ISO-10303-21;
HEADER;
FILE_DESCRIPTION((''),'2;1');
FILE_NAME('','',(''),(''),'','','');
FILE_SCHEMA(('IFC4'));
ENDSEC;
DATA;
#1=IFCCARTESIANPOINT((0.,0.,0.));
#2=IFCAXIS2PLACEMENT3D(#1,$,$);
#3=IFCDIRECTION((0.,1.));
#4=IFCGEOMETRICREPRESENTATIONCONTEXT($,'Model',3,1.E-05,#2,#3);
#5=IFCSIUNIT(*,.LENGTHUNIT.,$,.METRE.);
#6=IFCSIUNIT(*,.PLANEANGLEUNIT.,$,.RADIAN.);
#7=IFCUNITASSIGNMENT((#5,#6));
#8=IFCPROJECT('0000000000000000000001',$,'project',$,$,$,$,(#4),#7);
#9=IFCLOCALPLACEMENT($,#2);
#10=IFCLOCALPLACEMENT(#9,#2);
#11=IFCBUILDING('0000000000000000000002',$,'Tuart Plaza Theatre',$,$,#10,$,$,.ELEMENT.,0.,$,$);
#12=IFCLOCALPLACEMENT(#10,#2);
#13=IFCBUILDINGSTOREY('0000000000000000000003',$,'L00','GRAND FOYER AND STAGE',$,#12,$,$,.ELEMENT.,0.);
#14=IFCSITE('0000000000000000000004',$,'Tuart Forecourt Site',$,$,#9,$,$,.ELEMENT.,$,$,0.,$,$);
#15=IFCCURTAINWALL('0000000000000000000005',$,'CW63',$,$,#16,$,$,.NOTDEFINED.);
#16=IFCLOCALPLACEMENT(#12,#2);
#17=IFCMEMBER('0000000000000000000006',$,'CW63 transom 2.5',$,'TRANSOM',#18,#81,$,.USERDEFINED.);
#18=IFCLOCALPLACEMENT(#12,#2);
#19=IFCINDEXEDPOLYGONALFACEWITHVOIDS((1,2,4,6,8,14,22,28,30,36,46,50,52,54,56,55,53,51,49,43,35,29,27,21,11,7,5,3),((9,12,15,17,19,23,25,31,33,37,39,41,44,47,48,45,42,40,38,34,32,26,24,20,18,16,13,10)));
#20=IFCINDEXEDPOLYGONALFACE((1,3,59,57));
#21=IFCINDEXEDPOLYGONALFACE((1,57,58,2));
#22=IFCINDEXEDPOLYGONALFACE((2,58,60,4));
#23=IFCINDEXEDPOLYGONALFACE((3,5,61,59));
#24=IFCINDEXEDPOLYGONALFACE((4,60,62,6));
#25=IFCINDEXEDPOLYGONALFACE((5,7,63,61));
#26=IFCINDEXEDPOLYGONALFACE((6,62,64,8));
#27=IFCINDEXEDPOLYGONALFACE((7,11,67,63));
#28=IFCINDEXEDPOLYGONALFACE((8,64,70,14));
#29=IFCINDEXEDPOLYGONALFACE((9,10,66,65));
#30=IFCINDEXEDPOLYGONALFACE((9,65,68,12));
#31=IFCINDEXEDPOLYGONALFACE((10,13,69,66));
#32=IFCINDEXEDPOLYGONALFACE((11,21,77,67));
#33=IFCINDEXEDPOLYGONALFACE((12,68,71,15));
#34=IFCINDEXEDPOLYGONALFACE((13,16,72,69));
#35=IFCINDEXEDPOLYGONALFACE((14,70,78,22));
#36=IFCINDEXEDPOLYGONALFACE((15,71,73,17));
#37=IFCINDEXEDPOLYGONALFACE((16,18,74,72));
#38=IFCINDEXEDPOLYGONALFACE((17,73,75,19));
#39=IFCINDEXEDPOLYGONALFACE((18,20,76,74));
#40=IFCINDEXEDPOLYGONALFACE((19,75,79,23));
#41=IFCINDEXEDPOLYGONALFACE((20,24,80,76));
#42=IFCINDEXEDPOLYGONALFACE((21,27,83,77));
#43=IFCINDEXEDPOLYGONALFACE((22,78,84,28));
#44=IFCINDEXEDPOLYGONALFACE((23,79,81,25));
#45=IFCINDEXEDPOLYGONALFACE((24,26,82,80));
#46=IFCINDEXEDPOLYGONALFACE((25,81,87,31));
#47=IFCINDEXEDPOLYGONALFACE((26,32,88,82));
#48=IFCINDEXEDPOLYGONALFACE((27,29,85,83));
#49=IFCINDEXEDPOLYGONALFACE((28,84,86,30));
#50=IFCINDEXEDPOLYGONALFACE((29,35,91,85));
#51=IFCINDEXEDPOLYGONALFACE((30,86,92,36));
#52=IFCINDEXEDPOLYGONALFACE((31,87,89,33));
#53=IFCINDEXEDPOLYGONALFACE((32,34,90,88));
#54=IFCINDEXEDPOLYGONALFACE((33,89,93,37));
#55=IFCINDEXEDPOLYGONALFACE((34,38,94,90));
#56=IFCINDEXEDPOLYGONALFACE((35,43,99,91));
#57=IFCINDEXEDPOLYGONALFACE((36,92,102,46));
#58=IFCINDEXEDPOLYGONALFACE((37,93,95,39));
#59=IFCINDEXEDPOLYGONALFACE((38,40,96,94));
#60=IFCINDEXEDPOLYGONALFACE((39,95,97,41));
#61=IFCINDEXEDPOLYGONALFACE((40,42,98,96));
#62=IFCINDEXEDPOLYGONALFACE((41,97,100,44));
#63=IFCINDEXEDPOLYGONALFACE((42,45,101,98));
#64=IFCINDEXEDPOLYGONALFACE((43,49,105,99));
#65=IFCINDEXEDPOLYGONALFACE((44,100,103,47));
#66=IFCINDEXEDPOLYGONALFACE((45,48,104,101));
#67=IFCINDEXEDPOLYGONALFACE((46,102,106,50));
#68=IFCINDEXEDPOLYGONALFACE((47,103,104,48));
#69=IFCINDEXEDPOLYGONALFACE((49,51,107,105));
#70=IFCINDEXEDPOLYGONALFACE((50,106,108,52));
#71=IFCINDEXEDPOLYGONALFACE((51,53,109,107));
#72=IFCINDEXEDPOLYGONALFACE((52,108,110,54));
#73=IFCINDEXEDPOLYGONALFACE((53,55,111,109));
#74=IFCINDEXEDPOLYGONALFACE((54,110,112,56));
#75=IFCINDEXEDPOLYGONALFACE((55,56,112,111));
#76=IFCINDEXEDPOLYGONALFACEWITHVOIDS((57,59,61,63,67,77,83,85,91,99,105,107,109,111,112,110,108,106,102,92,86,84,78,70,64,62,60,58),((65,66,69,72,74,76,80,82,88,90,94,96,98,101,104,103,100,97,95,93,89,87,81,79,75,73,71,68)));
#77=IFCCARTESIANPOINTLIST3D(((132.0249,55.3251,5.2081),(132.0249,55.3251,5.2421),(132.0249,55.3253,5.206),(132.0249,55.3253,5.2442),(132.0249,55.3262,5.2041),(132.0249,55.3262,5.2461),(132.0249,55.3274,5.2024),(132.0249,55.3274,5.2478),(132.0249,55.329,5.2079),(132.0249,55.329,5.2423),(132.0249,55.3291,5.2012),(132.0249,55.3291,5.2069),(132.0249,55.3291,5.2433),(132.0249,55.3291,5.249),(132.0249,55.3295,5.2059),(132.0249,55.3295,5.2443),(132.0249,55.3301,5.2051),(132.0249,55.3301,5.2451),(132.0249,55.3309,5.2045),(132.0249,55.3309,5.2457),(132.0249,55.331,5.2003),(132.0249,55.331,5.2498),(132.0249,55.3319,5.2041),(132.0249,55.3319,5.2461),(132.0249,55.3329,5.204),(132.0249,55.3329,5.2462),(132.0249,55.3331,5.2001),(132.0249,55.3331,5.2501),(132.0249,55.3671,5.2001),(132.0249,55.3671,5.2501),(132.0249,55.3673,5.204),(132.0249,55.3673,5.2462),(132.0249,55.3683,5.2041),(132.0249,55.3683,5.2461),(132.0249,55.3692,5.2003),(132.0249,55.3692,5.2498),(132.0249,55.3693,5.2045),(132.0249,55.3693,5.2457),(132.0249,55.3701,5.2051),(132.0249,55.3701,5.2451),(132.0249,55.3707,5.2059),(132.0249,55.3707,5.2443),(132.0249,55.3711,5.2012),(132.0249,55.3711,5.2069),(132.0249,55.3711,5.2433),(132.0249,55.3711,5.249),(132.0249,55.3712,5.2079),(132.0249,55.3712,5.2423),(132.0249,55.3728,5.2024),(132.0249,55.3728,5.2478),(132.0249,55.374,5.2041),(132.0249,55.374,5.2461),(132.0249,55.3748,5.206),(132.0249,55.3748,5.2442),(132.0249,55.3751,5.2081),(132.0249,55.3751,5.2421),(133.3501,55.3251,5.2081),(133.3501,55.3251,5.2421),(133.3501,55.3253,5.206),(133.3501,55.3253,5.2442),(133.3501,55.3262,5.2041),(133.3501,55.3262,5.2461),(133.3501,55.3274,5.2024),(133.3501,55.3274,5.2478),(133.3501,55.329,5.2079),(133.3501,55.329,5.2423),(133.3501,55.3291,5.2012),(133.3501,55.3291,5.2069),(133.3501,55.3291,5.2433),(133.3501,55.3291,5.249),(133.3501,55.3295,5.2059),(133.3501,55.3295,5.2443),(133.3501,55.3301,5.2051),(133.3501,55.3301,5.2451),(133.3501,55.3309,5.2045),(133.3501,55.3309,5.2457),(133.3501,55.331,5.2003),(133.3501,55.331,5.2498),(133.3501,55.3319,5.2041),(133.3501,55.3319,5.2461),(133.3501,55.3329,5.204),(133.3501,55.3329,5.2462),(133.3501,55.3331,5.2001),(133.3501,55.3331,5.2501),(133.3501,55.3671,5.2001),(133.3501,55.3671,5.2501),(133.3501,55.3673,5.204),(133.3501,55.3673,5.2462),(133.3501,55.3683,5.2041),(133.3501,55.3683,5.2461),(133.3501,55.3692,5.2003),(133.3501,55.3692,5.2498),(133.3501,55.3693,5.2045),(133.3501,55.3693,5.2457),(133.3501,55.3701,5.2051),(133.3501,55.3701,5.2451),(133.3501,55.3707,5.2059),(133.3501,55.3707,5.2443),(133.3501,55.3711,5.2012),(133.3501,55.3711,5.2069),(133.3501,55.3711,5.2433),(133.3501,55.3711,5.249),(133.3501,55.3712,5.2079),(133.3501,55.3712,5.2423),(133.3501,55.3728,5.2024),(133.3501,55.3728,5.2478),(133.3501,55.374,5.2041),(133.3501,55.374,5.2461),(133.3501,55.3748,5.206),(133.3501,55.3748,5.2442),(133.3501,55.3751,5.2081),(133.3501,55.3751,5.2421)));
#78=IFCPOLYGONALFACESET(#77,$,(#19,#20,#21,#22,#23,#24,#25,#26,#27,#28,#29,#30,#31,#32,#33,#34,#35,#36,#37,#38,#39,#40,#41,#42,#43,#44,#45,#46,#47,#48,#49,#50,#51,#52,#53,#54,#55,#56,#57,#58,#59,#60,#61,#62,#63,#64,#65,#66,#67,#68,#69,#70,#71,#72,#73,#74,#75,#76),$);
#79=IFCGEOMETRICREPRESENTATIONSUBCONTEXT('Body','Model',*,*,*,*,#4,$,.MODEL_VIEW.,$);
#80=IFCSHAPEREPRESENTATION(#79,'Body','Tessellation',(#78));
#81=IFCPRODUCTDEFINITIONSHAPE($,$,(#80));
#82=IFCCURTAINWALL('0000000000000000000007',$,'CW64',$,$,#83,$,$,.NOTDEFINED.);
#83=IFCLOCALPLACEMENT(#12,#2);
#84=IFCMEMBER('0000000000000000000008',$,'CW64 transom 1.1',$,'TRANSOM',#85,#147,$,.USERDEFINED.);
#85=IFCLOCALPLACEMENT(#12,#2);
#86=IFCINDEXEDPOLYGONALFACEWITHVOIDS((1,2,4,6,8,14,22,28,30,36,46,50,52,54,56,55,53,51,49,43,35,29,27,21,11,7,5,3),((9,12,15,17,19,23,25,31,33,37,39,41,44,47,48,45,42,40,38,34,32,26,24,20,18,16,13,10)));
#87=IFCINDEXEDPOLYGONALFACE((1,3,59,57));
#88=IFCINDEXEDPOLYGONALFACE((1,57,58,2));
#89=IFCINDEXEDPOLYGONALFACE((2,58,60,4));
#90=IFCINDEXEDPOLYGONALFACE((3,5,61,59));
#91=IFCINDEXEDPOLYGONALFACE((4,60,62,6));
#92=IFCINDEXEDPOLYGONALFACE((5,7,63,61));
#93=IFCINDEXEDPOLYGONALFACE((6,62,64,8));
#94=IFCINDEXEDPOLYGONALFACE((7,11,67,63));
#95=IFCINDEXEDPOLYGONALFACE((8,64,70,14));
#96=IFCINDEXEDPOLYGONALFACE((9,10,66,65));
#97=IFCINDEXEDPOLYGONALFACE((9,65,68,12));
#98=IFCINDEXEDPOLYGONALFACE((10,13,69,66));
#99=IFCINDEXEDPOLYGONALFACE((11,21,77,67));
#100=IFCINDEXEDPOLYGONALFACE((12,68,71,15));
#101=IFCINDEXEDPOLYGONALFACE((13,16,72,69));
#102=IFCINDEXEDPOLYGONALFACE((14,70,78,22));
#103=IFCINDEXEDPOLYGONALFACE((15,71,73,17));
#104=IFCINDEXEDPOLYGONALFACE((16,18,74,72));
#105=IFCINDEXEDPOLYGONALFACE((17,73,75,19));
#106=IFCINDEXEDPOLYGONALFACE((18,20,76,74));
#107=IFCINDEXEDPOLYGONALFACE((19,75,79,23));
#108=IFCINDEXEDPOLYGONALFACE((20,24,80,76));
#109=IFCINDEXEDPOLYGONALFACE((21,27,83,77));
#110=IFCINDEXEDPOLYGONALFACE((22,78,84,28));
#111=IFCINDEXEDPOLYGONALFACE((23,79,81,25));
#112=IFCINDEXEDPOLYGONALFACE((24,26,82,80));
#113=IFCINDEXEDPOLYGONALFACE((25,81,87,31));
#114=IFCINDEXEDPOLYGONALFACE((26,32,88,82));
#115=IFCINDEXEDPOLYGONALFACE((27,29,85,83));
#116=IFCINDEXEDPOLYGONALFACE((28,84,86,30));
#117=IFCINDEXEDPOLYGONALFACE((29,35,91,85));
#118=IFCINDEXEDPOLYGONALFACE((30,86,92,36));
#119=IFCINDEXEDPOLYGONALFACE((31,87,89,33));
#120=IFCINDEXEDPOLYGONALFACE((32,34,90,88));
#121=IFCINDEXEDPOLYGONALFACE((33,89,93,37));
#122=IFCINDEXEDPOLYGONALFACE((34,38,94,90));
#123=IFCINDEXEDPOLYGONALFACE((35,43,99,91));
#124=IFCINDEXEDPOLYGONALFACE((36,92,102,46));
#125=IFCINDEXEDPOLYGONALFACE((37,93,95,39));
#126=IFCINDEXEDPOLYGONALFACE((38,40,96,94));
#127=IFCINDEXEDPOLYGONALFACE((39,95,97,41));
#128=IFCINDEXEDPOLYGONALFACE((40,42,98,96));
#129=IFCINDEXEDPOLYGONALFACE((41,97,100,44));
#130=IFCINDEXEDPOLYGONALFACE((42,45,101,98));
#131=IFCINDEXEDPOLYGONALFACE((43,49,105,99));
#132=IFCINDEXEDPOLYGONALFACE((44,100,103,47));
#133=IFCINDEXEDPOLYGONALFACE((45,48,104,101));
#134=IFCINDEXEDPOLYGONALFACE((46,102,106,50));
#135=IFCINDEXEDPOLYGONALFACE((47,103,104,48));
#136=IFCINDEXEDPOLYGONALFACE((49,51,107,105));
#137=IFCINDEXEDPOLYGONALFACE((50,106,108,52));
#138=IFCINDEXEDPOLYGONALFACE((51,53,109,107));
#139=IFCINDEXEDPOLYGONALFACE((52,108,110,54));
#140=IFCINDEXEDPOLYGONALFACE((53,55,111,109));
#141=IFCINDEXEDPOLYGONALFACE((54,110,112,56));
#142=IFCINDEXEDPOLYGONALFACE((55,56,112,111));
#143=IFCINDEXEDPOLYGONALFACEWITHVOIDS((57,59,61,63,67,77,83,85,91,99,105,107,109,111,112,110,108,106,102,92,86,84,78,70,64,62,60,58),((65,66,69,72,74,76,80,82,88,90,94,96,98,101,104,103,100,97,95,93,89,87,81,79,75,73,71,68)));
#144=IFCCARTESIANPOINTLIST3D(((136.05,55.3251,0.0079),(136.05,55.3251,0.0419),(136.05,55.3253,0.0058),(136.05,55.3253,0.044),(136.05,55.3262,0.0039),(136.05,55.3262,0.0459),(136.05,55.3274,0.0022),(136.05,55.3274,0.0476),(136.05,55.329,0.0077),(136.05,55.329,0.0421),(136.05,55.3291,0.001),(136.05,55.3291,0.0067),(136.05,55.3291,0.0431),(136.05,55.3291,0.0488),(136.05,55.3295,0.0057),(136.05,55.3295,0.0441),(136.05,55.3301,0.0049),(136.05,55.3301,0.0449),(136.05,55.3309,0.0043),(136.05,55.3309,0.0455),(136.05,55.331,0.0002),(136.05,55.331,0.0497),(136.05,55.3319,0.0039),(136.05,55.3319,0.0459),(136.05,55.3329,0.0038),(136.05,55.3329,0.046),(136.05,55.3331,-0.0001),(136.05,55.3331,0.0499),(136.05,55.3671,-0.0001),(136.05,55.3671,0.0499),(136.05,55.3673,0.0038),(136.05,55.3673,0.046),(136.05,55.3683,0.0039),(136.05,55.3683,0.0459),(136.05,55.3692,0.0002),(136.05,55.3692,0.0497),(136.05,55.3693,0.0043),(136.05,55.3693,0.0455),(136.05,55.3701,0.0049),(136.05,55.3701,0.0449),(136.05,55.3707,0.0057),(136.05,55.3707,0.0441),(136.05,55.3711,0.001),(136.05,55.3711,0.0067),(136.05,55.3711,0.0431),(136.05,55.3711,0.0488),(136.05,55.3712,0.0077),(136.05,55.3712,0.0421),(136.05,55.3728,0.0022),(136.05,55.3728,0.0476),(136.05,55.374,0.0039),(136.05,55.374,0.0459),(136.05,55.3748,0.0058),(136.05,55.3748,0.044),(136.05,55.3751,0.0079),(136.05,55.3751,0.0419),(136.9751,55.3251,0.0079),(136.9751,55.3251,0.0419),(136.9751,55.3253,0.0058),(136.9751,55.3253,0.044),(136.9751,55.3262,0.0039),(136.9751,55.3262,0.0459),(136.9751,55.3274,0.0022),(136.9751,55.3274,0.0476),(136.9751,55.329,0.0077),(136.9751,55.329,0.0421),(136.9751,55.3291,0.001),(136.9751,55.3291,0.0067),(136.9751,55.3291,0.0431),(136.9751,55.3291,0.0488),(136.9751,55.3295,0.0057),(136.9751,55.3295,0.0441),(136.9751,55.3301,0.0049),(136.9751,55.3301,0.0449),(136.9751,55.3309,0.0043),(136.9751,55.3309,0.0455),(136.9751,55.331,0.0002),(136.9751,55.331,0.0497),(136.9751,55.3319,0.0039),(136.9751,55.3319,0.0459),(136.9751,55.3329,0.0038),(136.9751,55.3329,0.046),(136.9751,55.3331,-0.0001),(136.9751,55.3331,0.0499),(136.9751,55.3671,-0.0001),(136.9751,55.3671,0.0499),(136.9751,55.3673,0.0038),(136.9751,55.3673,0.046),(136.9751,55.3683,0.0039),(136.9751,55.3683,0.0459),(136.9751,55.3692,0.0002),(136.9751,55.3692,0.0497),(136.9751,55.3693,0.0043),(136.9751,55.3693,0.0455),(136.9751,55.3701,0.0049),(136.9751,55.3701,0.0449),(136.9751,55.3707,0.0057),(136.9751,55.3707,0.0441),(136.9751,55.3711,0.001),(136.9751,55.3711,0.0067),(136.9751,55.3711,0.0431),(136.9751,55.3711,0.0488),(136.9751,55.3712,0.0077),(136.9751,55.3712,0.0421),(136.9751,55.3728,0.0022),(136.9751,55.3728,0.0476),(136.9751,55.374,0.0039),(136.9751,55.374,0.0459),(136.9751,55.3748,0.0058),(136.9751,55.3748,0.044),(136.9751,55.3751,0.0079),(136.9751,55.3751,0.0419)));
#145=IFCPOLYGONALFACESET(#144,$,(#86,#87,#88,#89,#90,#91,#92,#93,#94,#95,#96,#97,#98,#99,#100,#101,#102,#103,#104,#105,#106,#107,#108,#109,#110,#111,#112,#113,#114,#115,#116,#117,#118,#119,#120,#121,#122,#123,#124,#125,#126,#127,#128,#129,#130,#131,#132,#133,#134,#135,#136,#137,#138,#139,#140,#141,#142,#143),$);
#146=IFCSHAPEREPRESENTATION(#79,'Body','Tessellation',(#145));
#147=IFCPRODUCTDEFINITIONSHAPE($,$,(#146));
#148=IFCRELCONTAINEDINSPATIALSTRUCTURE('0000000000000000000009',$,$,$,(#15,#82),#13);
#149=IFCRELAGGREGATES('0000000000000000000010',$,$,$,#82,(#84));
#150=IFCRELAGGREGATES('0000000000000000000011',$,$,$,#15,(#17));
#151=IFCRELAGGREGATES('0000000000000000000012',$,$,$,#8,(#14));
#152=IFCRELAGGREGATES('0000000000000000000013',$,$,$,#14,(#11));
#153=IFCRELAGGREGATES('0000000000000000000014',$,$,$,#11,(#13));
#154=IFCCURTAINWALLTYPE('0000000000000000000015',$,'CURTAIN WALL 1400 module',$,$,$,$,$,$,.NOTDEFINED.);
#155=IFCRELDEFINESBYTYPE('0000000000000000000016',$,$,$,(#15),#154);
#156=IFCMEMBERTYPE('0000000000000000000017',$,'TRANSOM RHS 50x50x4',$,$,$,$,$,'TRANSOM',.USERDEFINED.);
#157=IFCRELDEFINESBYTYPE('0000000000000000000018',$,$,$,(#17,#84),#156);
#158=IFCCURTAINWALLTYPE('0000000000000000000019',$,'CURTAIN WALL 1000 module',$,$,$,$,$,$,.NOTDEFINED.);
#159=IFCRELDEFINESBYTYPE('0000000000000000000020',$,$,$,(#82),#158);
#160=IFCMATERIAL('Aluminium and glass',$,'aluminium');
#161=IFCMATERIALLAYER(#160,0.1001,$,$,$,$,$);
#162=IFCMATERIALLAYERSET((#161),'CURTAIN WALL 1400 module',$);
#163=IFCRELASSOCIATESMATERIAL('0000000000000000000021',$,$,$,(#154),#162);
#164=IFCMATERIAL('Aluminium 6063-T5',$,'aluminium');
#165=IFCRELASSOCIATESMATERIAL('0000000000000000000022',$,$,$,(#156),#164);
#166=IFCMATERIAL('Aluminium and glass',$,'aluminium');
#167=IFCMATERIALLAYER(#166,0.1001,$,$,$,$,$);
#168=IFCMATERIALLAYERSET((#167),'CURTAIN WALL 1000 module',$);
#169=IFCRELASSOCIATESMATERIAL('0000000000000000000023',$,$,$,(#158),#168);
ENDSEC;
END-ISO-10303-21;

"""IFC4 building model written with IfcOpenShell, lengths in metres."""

from ifc_helpers import new_model, si_unit, direction, frame, origin, origin_2d, place, context, subcontext, project, spatial, hollow_rectangle, extrude, material, layer, layer_set, material_profile, profile_set, type_object, element, aggregate, save


model = new_model("IFC4")

# Units and contexts
model_context = context("Model", 3, precision=1e-05, world=origin(), true_north=direction((0.0, 1.0)))
body_context = subcontext(model_context, "Body", "Model", "MODEL_VIEW")
ifc_project = project(units=[si_unit("LENGTHUNIT", "METRE"), si_unit("PLANEANGLEUNIT", "RADIAN")], contexts=[model_context])

# Site, building, storey
site_placement = place(None, origin())
site = spatial("IfcSite", under=ifc_project, at=site_placement, Name="Tuart Forecourt Site", CompositionType="ELEMENT", RefElevation=0.0)
building_placement = place(site_placement, origin())
building = spatial("IfcBuilding", under=site, at=building_placement, Name="Tuart Plaza Theatre", CompositionType="ELEMENT", ElevationOfRefHeight=0.0)
storey_placement = place(building_placement, origin())
storey = spatial("IfcBuildingStorey", under=building, at=storey_placement, Name="L00", Description="GRAND FOYER AND STAGE", CompositionType="ELEMENT", Elevation=0.0)

# Curtain walls, members
ifc_material_1 = material(Name="Aluminium and glass", Category="aluminium")
ifc_layer_1 = layer(ifc_material_1, 0.1001)
ifc_layer_set_1 = layer_set([ifc_layer_1], Name="CURTAIN WALL 1400 module")
curtain_wall_type_1 = type_object("IfcCurtainWallType", Name="CURTAIN WALL 1400 module", PredefinedType="NOTDEFINED", material=ifc_layer_set_1)
curtain_wall_1_placement = place(storey_placement, origin())
curtain_wall_1 = element("IfcCurtainWall", 1, at=curtain_wall_1_placement, inside=storey, type_object=curtain_wall_type_1, Name="CW63", PredefinedType="NOTDEFINED")
ifc_material_2 = material(Name="Aluminium 6063-T5", Category="aluminium")
ifc_material_profile_1 = material_profile(ifc_material_2, hollow_rectangle(XDim=0.05, YDim=0.05, WallThickness=0.0039, InnerFilletRadius=0.0039, OuterFilletRadius=0.0081, at=origin_2d()), Name="RHS 50x50x4")
ifc_profile_set_1 = profile_set([ifc_material_profile_1], Name="Aluminium 6063-T5")
member_type_1 = type_object("IfcMemberType", Name="TRANSOM RHS 50x50x4", ElementType="TRANSOM", PredefinedType="USERDEFINED", material=ifc_profile_set_1)
member_1_placement = place(storey_placement, frame((132.0249, 55.3501, 5.2251), z_axis=(1.0, 0.0, 0.0), x_axis=(0.0, 1.0, 0.0)))
member_1 = element("IfcMember", 2, at=member_1_placement, type_object=member_type_1, Name="CW63 transom 2.5", ObjectType="TRANSOM", PredefinedType="USERDEFINED", context=body_context, shape_type="SweptSolid", body=[
    extrude(hollow_rectangle(XDim=0.05, YDim=0.05, WallThickness=0.0039, InnerFilletRadius=0.0039, OuterFilletRadius=0.0081, at=origin_2d()), origin(), (0.0, 0.0, 1.0), 1.3252),
])
ifc_material_3 = material(Name="Aluminium and glass", Category="aluminium")
ifc_layer_2 = layer(ifc_material_3, 0.1001)
ifc_layer_set_2 = layer_set([ifc_layer_2], Name="CURTAIN WALL 1000 module")
curtain_wall_type_2 = type_object("IfcCurtainWallType", Name="CURTAIN WALL 1000 module", PredefinedType="NOTDEFINED", material=ifc_layer_set_2)
curtain_wall_2_placement = place(storey_placement, origin())
curtain_wall_2 = element("IfcCurtainWall", 3, at=curtain_wall_2_placement, inside=storey, type_object=curtain_wall_type_2, Name="CW64", PredefinedType="NOTDEFINED")
member_2_placement = place(storey_placement, frame((136.05, 55.3501, 0.0249), z_axis=(1.0, 0.0, 0.0), x_axis=(0.0, 1.0, 0.0)))
member_2 = element("IfcMember", 4, at=member_2_placement, type_object=member_type_1, Name="CW64 transom 1.1", ObjectType="TRANSOM", PredefinedType="USERDEFINED", context=body_context, shape_type="SweptSolid", body=[
    extrude(hollow_rectangle(XDim=0.05, YDim=0.05, WallThickness=0.0039, InnerFilletRadius=0.0039, OuterFilletRadius=0.0081, at=origin_2d()), origin(), (0.0, 0.0, 1.0), 0.925),
])
aggregate(curtain_wall_2, [member_2])

aggregate(curtain_wall_1, [member_1])

save(model, "model.ifc")
